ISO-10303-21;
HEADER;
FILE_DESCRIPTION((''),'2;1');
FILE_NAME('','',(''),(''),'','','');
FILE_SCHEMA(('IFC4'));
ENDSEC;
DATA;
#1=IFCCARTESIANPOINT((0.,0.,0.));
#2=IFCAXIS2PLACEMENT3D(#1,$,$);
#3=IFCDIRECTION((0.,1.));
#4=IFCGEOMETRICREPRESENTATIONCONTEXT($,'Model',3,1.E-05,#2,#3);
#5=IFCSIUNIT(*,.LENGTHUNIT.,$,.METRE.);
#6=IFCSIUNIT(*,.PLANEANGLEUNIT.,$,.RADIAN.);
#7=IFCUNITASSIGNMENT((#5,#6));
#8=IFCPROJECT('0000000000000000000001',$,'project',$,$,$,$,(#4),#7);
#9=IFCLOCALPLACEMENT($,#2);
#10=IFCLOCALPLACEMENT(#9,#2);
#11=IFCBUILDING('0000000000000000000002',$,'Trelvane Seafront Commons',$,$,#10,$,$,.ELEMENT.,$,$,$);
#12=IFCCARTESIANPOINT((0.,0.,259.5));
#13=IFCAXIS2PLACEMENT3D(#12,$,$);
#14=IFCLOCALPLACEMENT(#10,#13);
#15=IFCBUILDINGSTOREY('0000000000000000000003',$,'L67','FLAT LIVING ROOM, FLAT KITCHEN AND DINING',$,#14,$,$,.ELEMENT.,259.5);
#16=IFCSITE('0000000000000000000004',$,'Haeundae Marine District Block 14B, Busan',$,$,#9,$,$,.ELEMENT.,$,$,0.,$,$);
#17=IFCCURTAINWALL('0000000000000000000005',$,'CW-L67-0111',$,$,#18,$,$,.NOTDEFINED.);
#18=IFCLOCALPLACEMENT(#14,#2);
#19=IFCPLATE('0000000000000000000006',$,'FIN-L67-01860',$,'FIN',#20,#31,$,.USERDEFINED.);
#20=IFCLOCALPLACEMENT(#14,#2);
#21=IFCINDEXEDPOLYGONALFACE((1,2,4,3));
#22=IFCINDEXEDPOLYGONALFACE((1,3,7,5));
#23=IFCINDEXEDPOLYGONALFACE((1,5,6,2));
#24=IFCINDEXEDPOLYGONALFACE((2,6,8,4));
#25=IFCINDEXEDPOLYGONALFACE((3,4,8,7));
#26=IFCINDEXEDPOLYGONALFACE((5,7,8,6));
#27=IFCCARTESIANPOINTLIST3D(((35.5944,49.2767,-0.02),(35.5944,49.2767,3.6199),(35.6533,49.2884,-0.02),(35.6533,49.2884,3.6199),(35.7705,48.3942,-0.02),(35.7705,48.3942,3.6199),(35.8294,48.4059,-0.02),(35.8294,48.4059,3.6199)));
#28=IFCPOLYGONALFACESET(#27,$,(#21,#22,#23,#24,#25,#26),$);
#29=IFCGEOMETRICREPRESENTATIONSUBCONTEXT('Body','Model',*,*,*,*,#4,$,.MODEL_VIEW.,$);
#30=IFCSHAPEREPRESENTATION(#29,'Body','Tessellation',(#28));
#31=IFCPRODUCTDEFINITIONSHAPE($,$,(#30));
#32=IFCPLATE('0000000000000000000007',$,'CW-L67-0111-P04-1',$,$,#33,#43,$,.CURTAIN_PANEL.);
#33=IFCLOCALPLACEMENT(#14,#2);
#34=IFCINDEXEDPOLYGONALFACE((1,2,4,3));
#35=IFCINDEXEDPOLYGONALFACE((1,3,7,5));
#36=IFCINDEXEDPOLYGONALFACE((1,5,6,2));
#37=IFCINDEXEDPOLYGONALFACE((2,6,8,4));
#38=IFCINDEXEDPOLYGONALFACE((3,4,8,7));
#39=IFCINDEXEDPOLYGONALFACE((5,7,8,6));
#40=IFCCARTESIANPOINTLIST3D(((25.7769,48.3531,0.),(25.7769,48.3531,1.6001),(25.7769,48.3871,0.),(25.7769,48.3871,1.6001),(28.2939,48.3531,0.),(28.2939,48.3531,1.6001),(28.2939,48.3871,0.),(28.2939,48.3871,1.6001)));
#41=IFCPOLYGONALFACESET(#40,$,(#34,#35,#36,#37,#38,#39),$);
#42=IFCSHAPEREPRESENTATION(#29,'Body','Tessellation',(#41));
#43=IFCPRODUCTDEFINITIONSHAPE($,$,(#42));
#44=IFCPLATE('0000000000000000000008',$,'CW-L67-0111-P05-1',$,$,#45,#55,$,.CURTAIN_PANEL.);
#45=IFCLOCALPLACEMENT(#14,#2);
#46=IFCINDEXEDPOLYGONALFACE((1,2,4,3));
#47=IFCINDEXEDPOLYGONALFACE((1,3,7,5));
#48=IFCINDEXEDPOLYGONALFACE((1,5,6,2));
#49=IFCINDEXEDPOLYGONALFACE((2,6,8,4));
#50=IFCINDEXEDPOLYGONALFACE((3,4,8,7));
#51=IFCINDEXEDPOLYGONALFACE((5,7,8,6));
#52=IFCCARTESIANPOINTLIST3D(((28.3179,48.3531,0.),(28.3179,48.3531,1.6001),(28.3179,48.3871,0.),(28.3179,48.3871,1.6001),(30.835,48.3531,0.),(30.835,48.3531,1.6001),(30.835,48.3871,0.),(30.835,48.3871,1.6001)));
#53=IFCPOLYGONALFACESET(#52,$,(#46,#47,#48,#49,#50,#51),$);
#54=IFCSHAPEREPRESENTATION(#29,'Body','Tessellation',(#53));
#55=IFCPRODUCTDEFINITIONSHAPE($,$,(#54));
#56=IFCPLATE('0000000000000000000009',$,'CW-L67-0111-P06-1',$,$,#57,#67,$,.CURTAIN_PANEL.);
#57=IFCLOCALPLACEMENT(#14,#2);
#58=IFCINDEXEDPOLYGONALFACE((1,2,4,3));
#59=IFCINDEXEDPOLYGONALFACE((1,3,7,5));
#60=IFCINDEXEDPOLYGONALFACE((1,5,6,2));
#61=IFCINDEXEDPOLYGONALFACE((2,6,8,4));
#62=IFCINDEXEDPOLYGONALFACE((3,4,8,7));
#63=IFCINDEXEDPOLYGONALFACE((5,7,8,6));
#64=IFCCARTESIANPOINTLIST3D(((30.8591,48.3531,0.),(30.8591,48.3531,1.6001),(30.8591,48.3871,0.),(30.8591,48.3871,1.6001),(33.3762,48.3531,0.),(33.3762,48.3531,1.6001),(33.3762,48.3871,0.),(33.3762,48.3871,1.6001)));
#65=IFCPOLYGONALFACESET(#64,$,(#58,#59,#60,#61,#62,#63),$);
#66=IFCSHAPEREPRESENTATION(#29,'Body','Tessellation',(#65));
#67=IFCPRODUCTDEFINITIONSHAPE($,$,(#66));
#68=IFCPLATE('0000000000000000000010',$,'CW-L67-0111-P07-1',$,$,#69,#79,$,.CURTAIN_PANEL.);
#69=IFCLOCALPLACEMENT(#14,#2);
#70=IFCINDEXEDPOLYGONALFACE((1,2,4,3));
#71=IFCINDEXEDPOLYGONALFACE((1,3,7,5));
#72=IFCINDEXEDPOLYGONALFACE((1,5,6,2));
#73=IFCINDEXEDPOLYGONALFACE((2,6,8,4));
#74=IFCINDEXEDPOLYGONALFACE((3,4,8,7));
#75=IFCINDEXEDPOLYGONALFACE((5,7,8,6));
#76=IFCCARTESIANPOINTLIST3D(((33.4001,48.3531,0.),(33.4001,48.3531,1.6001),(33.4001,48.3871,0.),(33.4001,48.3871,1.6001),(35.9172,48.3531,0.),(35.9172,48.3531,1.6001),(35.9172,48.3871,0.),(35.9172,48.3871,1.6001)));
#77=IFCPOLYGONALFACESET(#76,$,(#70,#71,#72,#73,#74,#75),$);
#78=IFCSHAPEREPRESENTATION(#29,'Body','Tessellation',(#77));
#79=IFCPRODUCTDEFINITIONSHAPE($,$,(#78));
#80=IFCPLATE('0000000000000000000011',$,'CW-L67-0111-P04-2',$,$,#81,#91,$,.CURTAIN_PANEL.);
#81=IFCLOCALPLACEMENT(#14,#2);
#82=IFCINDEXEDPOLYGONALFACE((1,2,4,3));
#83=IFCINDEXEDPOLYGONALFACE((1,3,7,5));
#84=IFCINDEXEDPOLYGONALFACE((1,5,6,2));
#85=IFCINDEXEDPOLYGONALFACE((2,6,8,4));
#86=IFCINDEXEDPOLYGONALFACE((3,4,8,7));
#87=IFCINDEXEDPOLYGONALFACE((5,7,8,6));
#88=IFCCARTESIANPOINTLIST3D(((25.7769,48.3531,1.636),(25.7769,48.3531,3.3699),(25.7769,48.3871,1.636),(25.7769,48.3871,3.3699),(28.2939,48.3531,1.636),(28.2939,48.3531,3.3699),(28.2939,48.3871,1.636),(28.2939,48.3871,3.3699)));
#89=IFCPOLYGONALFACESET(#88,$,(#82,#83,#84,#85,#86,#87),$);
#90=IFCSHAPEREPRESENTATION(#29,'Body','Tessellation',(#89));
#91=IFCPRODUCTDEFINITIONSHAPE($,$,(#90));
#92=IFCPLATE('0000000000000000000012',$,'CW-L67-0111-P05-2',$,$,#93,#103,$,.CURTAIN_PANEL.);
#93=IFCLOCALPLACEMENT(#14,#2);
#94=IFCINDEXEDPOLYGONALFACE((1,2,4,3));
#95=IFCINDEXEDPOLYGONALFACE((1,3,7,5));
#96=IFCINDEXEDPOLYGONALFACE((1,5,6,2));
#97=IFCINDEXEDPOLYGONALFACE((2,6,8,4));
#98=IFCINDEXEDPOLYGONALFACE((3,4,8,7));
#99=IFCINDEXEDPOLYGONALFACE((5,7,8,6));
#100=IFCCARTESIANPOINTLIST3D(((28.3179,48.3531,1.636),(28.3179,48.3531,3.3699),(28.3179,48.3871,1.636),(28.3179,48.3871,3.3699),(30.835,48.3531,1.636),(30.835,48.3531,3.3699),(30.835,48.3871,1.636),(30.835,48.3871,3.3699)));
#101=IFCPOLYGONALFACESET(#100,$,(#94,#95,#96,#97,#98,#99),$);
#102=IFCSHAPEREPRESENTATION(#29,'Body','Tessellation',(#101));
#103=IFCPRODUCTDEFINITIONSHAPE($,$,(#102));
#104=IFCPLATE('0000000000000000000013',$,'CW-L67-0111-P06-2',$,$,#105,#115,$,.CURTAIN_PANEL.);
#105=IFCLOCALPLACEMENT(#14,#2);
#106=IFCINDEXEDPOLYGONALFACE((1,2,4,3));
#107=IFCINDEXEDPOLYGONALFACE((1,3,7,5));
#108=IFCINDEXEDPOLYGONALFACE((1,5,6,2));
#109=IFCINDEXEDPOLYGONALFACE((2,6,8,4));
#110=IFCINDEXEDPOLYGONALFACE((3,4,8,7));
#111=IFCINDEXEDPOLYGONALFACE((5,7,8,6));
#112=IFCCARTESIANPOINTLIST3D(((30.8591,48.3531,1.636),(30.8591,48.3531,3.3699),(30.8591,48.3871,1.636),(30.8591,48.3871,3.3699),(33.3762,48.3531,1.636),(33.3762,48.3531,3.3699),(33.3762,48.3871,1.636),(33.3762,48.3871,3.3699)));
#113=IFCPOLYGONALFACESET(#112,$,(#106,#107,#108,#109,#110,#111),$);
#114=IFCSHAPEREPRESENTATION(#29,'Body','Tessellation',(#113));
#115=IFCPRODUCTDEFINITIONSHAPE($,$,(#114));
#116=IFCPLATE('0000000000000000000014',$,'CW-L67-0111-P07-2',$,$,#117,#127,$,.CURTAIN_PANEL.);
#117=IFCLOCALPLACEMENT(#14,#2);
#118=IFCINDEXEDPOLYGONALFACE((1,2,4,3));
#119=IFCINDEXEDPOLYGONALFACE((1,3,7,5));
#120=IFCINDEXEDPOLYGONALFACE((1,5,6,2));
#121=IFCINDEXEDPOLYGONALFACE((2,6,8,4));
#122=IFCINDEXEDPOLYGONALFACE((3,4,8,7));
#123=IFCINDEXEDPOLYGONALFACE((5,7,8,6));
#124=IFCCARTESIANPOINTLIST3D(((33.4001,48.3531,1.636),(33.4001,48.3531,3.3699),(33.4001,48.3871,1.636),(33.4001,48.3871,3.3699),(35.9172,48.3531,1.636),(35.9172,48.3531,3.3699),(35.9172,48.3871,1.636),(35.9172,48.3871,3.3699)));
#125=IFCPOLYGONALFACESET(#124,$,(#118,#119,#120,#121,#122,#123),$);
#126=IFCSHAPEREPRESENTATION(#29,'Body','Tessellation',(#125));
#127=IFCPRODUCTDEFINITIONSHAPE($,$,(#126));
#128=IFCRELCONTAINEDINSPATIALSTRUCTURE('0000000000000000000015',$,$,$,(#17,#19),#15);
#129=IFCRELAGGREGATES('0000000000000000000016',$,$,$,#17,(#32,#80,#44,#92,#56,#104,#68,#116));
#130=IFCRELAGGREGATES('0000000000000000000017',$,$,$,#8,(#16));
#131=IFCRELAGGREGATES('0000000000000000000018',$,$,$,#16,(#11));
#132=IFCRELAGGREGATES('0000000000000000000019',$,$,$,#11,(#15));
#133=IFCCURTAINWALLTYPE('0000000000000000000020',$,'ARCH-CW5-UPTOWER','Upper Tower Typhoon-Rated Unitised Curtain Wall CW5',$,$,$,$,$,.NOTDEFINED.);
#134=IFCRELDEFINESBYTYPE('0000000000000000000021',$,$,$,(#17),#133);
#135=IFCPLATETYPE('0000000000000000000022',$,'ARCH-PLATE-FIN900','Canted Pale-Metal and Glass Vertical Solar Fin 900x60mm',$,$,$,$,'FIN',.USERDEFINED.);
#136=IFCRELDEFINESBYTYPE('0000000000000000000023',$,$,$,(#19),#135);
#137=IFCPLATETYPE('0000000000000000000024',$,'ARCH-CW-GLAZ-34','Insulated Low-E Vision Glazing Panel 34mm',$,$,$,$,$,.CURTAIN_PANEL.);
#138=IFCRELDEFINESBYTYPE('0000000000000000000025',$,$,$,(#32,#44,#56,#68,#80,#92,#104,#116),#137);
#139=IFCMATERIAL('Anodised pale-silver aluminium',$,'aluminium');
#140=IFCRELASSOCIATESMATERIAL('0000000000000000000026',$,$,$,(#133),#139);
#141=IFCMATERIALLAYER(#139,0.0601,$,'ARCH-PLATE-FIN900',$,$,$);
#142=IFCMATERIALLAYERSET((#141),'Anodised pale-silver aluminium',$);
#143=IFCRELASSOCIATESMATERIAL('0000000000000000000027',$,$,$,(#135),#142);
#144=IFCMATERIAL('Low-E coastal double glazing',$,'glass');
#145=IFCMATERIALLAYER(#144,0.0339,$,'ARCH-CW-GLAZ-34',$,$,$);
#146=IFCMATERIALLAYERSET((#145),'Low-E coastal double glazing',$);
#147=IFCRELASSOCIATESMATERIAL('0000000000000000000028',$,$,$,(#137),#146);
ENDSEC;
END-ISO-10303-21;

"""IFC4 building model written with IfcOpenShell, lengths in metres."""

from ifc_helpers import new_model, si_unit, direction, frame, origin, origin_2d, place, context, subcontext, project, spatial, rectangle, extrude, source, transform, mapped, material, layer, layer_set, type_object, element, aggregate, save


model = new_model("IFC4")

# Units and contexts
model_context = context("Model", 3, precision=1e-05, world=origin(), true_north=direction((0.0, 1.0)))
body_context = subcontext(model_context, "Body", "Model", "MODEL_VIEW")
ifc_project = project(units=[si_unit("LENGTHUNIT", "METRE"), si_unit("PLANEANGLEUNIT", "RADIAN")], contexts=[model_context])

# Site, building, storey
site_placement = place(None, origin())
site = spatial("IfcSite", under=ifc_project, at=site_placement, Name="Haeundae Marine District Block 14B, Busan", CompositionType="ELEMENT", RefElevation=0.0)
building_placement = place(site_placement, origin())
building = spatial("IfcBuilding", under=site, at=building_placement, Name="Trelvane Seafront Commons", CompositionType="ELEMENT")
storey_placement = place(building_placement, frame((0.0, 0.0, 259.5)))
storey = spatial("IfcBuildingStorey", under=building, at=storey_placement, Name="L67", Description="FLAT LIVING ROOM, FLAT KITCHEN AND DINING", CompositionType="ELEMENT", Elevation=259.5)

# Curtain wall
ifc_material_1 = material(Name="Anodised pale-silver aluminium", Category="aluminium")
curtain_wall_type = type_object("IfcCurtainWallType", Name="ARCH-CW5-UPTOWER", Description="Upper Tower Typhoon-Rated Unitised Curtain Wall CW5", PredefinedType="NOTDEFINED", material=ifc_material_1)
curtain_wall_placement = place(storey_placement, origin())
curtain_wall = element("IfcCurtainWall", 1, at=curtain_wall_placement, inside=storey, type_object=curtain_wall_type, Name="CW-L67-0111", PredefinedType="NOTDEFINED")

# Plate
ifc_layer_1 = layer(ifc_material_1, 0.0601, Name="ARCH-PLATE-FIN900")
ifc_layer_set_1 = layer_set([ifc_layer_1], Name="Anodised pale-silver aluminium")
plate_type_1 = type_object("IfcPlateType", Name="ARCH-PLATE-FIN900", Description="Canted Pale-Metal and Glass Vertical Solar Fin 900x60mm", ElementType="FIN", PredefinedType="USERDEFINED", material=ifc_layer_set_1)
shared_shape_1 = source(origin(), body_context, "Body", "SweptSolid", [
    extrude(rectangle(XDim=0.8999, YDim=0.0601, at=origin_2d()), origin(), (0.0, 0.0, 1.0), 3.6399),
])
for number, where, z_axis, x_axis, name in (
    (2, (35.7119, 48.8413, -0.02), (0.0, 0.0, 1.0), (-0.195667, 0.98067, 0.0), "FIN-L67-01860"),
):
    element("IfcPlate", number, at=place(storey_placement, frame(where, z_axis=z_axis, x_axis=x_axis)), inside=storey, type_object=plate_type_1, Name=name, ObjectType="FIN", PredefinedType="USERDEFINED", context=body_context, shape_type="MappedRepresentation", body=[
        mapped(shared_shape_1, transform((0.0, 0.0, 0.0), x_axis=(1.0, 0.0, 0.0), y_axis=(0.0, 1.0, 0.0), z_axis=(0.0, 0.0, 1.0), scale=1.0)),
    ])

# Plates
ifc_material_2 = material(Name="Low-E coastal double glazing", Category="glass")
ifc_layer_2 = layer(ifc_material_2, 0.0339, Name="ARCH-CW-GLAZ-34")
ifc_layer_set_2 = layer_set([ifc_layer_2], Name="Low-E coastal double glazing")
plate_type_2 = type_object("IfcPlateType", Name="ARCH-CW-GLAZ-34", Description="Insulated Low-E Vision Glazing Panel 34mm", PredefinedType="CURTAIN_PANEL", material=ifc_layer_set_2)
shared_shape_2 = source(origin(), body_context, "Body", "SweptSolid", [
    extrude(rectangle(XDim=2.5171, YDim=0.0339, at=origin_2d()), origin(), (0.0, 0.0, 1.0), 1.6001),
])
plate_1_placement = place(storey_placement, frame((27.0354, 48.3701, 0.0), z_axis=(0.0, 0.0, 1.0), x_axis=(1.0, 0.0, 0.0)))
plate_1 = element("IfcPlate", 3, at=plate_1_placement, type_object=plate_type_2, Name="CW-L67-0111-P04-1", PredefinedType="CURTAIN_PANEL", context=body_context, shape_type="MappedRepresentation", body=[
    mapped(shared_shape_2, transform((0.0, 0.0, 0.0), x_axis=(1.0, 0.0, 0.0), y_axis=(0.0, 1.0, 0.0), z_axis=(0.0, 0.0, 1.0), scale=1.0)),
])
plate_2_placement = place(storey_placement, frame((29.5764, 48.3701, 0.0), z_axis=(0.0, 0.0, 1.0), x_axis=(1.0, 0.0, 0.0)))
plate_2 = element("IfcPlate", 4, at=plate_2_placement, type_object=plate_type_2, Name="CW-L67-0111-P05-1", PredefinedType="CURTAIN_PANEL", context=body_context, shape_type="MappedRepresentation", body=[
    mapped(shared_shape_2, transform((0.0, 0.0, 0.0), x_axis=(1.0, 0.0, 0.0), y_axis=(0.0, 1.0, 0.0), z_axis=(0.0, 0.0, 1.0), scale=1.0)),
])
plate_3_placement = place(storey_placement, frame((32.1177, 48.3701, 0.0), z_axis=(0.0, 0.0, 1.0), x_axis=(1.0, 0.0, 0.0)))
plate_3 = element("IfcPlate", 5, at=plate_3_placement, type_object=plate_type_2, Name="CW-L67-0111-P06-1", PredefinedType="CURTAIN_PANEL", context=body_context, shape_type="MappedRepresentation", body=[
    mapped(shared_shape_2, transform((0.0, 0.0, 0.0), x_axis=(1.0, 0.0, 0.0), y_axis=(0.0, 1.0, 0.0), z_axis=(0.0, 0.0, 1.0), scale=1.0)),
])
plate_4_placement = place(storey_placement, frame((34.6587, 48.3701, 0.0), z_axis=(0.0, 0.0, 1.0), x_axis=(1.0, 0.0, 0.0)))
plate_4 = element("IfcPlate", 6, at=plate_4_placement, type_object=plate_type_2, Name="CW-L67-0111-P07-1", PredefinedType="CURTAIN_PANEL", context=body_context, shape_type="MappedRepresentation", body=[
    mapped(shared_shape_2, transform((0.0, 0.0, 0.0), x_axis=(1.0, 0.0, 0.0), y_axis=(0.0, 1.0, 0.0), z_axis=(0.0, 0.0, 1.0), scale=1.0)),
])
shared_shape_3 = source(origin(), body_context, "Body", "SweptSolid", [
    extrude(rectangle(XDim=2.5171, YDim=0.0339, at=origin_2d()), origin(), (0.0, 0.0, 1.0), 1.7339),
])
plate_5_placement = place(storey_placement, frame((27.0354, 48.3701, 1.636), z_axis=(0.0, 0.0, 1.0), x_axis=(1.0, 0.0, 0.0)))
plate_5 = element("IfcPlate", 7, at=plate_5_placement, type_object=plate_type_2, Name="CW-L67-0111-P04-2", PredefinedType="CURTAIN_PANEL", context=body_context, shape_type="MappedRepresentation", body=[
    mapped(shared_shape_3, transform((0.0, 0.0, 0.0), x_axis=(1.0, 0.0, 0.0), y_axis=(0.0, 1.0, 0.0), z_axis=(0.0, 0.0, 1.0), scale=1.0)),
])
plate_6_placement = place(storey_placement, frame((29.5764, 48.3701, 1.636), z_axis=(0.0, 0.0, 1.0), x_axis=(1.0, 0.0, 0.0)))
plate_6 = element("IfcPlate", 8, at=plate_6_placement, type_object=plate_type_2, Name="CW-L67-0111-P05-2", PredefinedType="CURTAIN_PANEL", context=body_context, shape_type="MappedRepresentation", body=[
    mapped(shared_shape_3, transform((0.0, 0.0, 0.0), x_axis=(1.0, 0.0, 0.0), y_axis=(0.0, 1.0, 0.0), z_axis=(0.0, 0.0, 1.0), scale=1.0)),
])
plate_7_placement = place(storey_placement, frame((32.1177, 48.3701, 1.636), z_axis=(0.0, 0.0, 1.0), x_axis=(1.0, 0.0, 0.0)))
plate_7 = element("IfcPlate", 9, at=plate_7_placement, type_object=plate_type_2, Name="CW-L67-0111-P06-2", PredefinedType="CURTAIN_PANEL", context=body_context, shape_type="MappedRepresentation", body=[
    mapped(shared_shape_3, transform((0.0, 0.0, 0.0), x_axis=(1.0, 0.0, 0.0), y_axis=(0.0, 1.0, 0.0), z_axis=(0.0, 0.0, 1.0), scale=1.0)),
])
plate_8_placement = place(storey_placement, frame((34.6587, 48.3701, 1.636), z_axis=(0.0, 0.0, 1.0), x_axis=(1.0, 0.0, 0.0)))
plate_8 = element("IfcPlate", 10, at=plate_8_placement, type_object=plate_type_2, Name="CW-L67-0111-P07-2", PredefinedType="CURTAIN_PANEL", context=body_context, shape_type="MappedRepresentation", body=[
    mapped(shared_shape_3, transform((0.0, 0.0, 0.0), x_axis=(1.0, 0.0, 0.0), y_axis=(0.0, 1.0, 0.0), z_axis=(0.0, 0.0, 1.0), scale=1.0)),
])
aggregate(curtain_wall, [plate_1, plate_5, plate_2, plate_6, plate_3, plate_7, plate_4, plate_8])

save(model, "model.ifc")
